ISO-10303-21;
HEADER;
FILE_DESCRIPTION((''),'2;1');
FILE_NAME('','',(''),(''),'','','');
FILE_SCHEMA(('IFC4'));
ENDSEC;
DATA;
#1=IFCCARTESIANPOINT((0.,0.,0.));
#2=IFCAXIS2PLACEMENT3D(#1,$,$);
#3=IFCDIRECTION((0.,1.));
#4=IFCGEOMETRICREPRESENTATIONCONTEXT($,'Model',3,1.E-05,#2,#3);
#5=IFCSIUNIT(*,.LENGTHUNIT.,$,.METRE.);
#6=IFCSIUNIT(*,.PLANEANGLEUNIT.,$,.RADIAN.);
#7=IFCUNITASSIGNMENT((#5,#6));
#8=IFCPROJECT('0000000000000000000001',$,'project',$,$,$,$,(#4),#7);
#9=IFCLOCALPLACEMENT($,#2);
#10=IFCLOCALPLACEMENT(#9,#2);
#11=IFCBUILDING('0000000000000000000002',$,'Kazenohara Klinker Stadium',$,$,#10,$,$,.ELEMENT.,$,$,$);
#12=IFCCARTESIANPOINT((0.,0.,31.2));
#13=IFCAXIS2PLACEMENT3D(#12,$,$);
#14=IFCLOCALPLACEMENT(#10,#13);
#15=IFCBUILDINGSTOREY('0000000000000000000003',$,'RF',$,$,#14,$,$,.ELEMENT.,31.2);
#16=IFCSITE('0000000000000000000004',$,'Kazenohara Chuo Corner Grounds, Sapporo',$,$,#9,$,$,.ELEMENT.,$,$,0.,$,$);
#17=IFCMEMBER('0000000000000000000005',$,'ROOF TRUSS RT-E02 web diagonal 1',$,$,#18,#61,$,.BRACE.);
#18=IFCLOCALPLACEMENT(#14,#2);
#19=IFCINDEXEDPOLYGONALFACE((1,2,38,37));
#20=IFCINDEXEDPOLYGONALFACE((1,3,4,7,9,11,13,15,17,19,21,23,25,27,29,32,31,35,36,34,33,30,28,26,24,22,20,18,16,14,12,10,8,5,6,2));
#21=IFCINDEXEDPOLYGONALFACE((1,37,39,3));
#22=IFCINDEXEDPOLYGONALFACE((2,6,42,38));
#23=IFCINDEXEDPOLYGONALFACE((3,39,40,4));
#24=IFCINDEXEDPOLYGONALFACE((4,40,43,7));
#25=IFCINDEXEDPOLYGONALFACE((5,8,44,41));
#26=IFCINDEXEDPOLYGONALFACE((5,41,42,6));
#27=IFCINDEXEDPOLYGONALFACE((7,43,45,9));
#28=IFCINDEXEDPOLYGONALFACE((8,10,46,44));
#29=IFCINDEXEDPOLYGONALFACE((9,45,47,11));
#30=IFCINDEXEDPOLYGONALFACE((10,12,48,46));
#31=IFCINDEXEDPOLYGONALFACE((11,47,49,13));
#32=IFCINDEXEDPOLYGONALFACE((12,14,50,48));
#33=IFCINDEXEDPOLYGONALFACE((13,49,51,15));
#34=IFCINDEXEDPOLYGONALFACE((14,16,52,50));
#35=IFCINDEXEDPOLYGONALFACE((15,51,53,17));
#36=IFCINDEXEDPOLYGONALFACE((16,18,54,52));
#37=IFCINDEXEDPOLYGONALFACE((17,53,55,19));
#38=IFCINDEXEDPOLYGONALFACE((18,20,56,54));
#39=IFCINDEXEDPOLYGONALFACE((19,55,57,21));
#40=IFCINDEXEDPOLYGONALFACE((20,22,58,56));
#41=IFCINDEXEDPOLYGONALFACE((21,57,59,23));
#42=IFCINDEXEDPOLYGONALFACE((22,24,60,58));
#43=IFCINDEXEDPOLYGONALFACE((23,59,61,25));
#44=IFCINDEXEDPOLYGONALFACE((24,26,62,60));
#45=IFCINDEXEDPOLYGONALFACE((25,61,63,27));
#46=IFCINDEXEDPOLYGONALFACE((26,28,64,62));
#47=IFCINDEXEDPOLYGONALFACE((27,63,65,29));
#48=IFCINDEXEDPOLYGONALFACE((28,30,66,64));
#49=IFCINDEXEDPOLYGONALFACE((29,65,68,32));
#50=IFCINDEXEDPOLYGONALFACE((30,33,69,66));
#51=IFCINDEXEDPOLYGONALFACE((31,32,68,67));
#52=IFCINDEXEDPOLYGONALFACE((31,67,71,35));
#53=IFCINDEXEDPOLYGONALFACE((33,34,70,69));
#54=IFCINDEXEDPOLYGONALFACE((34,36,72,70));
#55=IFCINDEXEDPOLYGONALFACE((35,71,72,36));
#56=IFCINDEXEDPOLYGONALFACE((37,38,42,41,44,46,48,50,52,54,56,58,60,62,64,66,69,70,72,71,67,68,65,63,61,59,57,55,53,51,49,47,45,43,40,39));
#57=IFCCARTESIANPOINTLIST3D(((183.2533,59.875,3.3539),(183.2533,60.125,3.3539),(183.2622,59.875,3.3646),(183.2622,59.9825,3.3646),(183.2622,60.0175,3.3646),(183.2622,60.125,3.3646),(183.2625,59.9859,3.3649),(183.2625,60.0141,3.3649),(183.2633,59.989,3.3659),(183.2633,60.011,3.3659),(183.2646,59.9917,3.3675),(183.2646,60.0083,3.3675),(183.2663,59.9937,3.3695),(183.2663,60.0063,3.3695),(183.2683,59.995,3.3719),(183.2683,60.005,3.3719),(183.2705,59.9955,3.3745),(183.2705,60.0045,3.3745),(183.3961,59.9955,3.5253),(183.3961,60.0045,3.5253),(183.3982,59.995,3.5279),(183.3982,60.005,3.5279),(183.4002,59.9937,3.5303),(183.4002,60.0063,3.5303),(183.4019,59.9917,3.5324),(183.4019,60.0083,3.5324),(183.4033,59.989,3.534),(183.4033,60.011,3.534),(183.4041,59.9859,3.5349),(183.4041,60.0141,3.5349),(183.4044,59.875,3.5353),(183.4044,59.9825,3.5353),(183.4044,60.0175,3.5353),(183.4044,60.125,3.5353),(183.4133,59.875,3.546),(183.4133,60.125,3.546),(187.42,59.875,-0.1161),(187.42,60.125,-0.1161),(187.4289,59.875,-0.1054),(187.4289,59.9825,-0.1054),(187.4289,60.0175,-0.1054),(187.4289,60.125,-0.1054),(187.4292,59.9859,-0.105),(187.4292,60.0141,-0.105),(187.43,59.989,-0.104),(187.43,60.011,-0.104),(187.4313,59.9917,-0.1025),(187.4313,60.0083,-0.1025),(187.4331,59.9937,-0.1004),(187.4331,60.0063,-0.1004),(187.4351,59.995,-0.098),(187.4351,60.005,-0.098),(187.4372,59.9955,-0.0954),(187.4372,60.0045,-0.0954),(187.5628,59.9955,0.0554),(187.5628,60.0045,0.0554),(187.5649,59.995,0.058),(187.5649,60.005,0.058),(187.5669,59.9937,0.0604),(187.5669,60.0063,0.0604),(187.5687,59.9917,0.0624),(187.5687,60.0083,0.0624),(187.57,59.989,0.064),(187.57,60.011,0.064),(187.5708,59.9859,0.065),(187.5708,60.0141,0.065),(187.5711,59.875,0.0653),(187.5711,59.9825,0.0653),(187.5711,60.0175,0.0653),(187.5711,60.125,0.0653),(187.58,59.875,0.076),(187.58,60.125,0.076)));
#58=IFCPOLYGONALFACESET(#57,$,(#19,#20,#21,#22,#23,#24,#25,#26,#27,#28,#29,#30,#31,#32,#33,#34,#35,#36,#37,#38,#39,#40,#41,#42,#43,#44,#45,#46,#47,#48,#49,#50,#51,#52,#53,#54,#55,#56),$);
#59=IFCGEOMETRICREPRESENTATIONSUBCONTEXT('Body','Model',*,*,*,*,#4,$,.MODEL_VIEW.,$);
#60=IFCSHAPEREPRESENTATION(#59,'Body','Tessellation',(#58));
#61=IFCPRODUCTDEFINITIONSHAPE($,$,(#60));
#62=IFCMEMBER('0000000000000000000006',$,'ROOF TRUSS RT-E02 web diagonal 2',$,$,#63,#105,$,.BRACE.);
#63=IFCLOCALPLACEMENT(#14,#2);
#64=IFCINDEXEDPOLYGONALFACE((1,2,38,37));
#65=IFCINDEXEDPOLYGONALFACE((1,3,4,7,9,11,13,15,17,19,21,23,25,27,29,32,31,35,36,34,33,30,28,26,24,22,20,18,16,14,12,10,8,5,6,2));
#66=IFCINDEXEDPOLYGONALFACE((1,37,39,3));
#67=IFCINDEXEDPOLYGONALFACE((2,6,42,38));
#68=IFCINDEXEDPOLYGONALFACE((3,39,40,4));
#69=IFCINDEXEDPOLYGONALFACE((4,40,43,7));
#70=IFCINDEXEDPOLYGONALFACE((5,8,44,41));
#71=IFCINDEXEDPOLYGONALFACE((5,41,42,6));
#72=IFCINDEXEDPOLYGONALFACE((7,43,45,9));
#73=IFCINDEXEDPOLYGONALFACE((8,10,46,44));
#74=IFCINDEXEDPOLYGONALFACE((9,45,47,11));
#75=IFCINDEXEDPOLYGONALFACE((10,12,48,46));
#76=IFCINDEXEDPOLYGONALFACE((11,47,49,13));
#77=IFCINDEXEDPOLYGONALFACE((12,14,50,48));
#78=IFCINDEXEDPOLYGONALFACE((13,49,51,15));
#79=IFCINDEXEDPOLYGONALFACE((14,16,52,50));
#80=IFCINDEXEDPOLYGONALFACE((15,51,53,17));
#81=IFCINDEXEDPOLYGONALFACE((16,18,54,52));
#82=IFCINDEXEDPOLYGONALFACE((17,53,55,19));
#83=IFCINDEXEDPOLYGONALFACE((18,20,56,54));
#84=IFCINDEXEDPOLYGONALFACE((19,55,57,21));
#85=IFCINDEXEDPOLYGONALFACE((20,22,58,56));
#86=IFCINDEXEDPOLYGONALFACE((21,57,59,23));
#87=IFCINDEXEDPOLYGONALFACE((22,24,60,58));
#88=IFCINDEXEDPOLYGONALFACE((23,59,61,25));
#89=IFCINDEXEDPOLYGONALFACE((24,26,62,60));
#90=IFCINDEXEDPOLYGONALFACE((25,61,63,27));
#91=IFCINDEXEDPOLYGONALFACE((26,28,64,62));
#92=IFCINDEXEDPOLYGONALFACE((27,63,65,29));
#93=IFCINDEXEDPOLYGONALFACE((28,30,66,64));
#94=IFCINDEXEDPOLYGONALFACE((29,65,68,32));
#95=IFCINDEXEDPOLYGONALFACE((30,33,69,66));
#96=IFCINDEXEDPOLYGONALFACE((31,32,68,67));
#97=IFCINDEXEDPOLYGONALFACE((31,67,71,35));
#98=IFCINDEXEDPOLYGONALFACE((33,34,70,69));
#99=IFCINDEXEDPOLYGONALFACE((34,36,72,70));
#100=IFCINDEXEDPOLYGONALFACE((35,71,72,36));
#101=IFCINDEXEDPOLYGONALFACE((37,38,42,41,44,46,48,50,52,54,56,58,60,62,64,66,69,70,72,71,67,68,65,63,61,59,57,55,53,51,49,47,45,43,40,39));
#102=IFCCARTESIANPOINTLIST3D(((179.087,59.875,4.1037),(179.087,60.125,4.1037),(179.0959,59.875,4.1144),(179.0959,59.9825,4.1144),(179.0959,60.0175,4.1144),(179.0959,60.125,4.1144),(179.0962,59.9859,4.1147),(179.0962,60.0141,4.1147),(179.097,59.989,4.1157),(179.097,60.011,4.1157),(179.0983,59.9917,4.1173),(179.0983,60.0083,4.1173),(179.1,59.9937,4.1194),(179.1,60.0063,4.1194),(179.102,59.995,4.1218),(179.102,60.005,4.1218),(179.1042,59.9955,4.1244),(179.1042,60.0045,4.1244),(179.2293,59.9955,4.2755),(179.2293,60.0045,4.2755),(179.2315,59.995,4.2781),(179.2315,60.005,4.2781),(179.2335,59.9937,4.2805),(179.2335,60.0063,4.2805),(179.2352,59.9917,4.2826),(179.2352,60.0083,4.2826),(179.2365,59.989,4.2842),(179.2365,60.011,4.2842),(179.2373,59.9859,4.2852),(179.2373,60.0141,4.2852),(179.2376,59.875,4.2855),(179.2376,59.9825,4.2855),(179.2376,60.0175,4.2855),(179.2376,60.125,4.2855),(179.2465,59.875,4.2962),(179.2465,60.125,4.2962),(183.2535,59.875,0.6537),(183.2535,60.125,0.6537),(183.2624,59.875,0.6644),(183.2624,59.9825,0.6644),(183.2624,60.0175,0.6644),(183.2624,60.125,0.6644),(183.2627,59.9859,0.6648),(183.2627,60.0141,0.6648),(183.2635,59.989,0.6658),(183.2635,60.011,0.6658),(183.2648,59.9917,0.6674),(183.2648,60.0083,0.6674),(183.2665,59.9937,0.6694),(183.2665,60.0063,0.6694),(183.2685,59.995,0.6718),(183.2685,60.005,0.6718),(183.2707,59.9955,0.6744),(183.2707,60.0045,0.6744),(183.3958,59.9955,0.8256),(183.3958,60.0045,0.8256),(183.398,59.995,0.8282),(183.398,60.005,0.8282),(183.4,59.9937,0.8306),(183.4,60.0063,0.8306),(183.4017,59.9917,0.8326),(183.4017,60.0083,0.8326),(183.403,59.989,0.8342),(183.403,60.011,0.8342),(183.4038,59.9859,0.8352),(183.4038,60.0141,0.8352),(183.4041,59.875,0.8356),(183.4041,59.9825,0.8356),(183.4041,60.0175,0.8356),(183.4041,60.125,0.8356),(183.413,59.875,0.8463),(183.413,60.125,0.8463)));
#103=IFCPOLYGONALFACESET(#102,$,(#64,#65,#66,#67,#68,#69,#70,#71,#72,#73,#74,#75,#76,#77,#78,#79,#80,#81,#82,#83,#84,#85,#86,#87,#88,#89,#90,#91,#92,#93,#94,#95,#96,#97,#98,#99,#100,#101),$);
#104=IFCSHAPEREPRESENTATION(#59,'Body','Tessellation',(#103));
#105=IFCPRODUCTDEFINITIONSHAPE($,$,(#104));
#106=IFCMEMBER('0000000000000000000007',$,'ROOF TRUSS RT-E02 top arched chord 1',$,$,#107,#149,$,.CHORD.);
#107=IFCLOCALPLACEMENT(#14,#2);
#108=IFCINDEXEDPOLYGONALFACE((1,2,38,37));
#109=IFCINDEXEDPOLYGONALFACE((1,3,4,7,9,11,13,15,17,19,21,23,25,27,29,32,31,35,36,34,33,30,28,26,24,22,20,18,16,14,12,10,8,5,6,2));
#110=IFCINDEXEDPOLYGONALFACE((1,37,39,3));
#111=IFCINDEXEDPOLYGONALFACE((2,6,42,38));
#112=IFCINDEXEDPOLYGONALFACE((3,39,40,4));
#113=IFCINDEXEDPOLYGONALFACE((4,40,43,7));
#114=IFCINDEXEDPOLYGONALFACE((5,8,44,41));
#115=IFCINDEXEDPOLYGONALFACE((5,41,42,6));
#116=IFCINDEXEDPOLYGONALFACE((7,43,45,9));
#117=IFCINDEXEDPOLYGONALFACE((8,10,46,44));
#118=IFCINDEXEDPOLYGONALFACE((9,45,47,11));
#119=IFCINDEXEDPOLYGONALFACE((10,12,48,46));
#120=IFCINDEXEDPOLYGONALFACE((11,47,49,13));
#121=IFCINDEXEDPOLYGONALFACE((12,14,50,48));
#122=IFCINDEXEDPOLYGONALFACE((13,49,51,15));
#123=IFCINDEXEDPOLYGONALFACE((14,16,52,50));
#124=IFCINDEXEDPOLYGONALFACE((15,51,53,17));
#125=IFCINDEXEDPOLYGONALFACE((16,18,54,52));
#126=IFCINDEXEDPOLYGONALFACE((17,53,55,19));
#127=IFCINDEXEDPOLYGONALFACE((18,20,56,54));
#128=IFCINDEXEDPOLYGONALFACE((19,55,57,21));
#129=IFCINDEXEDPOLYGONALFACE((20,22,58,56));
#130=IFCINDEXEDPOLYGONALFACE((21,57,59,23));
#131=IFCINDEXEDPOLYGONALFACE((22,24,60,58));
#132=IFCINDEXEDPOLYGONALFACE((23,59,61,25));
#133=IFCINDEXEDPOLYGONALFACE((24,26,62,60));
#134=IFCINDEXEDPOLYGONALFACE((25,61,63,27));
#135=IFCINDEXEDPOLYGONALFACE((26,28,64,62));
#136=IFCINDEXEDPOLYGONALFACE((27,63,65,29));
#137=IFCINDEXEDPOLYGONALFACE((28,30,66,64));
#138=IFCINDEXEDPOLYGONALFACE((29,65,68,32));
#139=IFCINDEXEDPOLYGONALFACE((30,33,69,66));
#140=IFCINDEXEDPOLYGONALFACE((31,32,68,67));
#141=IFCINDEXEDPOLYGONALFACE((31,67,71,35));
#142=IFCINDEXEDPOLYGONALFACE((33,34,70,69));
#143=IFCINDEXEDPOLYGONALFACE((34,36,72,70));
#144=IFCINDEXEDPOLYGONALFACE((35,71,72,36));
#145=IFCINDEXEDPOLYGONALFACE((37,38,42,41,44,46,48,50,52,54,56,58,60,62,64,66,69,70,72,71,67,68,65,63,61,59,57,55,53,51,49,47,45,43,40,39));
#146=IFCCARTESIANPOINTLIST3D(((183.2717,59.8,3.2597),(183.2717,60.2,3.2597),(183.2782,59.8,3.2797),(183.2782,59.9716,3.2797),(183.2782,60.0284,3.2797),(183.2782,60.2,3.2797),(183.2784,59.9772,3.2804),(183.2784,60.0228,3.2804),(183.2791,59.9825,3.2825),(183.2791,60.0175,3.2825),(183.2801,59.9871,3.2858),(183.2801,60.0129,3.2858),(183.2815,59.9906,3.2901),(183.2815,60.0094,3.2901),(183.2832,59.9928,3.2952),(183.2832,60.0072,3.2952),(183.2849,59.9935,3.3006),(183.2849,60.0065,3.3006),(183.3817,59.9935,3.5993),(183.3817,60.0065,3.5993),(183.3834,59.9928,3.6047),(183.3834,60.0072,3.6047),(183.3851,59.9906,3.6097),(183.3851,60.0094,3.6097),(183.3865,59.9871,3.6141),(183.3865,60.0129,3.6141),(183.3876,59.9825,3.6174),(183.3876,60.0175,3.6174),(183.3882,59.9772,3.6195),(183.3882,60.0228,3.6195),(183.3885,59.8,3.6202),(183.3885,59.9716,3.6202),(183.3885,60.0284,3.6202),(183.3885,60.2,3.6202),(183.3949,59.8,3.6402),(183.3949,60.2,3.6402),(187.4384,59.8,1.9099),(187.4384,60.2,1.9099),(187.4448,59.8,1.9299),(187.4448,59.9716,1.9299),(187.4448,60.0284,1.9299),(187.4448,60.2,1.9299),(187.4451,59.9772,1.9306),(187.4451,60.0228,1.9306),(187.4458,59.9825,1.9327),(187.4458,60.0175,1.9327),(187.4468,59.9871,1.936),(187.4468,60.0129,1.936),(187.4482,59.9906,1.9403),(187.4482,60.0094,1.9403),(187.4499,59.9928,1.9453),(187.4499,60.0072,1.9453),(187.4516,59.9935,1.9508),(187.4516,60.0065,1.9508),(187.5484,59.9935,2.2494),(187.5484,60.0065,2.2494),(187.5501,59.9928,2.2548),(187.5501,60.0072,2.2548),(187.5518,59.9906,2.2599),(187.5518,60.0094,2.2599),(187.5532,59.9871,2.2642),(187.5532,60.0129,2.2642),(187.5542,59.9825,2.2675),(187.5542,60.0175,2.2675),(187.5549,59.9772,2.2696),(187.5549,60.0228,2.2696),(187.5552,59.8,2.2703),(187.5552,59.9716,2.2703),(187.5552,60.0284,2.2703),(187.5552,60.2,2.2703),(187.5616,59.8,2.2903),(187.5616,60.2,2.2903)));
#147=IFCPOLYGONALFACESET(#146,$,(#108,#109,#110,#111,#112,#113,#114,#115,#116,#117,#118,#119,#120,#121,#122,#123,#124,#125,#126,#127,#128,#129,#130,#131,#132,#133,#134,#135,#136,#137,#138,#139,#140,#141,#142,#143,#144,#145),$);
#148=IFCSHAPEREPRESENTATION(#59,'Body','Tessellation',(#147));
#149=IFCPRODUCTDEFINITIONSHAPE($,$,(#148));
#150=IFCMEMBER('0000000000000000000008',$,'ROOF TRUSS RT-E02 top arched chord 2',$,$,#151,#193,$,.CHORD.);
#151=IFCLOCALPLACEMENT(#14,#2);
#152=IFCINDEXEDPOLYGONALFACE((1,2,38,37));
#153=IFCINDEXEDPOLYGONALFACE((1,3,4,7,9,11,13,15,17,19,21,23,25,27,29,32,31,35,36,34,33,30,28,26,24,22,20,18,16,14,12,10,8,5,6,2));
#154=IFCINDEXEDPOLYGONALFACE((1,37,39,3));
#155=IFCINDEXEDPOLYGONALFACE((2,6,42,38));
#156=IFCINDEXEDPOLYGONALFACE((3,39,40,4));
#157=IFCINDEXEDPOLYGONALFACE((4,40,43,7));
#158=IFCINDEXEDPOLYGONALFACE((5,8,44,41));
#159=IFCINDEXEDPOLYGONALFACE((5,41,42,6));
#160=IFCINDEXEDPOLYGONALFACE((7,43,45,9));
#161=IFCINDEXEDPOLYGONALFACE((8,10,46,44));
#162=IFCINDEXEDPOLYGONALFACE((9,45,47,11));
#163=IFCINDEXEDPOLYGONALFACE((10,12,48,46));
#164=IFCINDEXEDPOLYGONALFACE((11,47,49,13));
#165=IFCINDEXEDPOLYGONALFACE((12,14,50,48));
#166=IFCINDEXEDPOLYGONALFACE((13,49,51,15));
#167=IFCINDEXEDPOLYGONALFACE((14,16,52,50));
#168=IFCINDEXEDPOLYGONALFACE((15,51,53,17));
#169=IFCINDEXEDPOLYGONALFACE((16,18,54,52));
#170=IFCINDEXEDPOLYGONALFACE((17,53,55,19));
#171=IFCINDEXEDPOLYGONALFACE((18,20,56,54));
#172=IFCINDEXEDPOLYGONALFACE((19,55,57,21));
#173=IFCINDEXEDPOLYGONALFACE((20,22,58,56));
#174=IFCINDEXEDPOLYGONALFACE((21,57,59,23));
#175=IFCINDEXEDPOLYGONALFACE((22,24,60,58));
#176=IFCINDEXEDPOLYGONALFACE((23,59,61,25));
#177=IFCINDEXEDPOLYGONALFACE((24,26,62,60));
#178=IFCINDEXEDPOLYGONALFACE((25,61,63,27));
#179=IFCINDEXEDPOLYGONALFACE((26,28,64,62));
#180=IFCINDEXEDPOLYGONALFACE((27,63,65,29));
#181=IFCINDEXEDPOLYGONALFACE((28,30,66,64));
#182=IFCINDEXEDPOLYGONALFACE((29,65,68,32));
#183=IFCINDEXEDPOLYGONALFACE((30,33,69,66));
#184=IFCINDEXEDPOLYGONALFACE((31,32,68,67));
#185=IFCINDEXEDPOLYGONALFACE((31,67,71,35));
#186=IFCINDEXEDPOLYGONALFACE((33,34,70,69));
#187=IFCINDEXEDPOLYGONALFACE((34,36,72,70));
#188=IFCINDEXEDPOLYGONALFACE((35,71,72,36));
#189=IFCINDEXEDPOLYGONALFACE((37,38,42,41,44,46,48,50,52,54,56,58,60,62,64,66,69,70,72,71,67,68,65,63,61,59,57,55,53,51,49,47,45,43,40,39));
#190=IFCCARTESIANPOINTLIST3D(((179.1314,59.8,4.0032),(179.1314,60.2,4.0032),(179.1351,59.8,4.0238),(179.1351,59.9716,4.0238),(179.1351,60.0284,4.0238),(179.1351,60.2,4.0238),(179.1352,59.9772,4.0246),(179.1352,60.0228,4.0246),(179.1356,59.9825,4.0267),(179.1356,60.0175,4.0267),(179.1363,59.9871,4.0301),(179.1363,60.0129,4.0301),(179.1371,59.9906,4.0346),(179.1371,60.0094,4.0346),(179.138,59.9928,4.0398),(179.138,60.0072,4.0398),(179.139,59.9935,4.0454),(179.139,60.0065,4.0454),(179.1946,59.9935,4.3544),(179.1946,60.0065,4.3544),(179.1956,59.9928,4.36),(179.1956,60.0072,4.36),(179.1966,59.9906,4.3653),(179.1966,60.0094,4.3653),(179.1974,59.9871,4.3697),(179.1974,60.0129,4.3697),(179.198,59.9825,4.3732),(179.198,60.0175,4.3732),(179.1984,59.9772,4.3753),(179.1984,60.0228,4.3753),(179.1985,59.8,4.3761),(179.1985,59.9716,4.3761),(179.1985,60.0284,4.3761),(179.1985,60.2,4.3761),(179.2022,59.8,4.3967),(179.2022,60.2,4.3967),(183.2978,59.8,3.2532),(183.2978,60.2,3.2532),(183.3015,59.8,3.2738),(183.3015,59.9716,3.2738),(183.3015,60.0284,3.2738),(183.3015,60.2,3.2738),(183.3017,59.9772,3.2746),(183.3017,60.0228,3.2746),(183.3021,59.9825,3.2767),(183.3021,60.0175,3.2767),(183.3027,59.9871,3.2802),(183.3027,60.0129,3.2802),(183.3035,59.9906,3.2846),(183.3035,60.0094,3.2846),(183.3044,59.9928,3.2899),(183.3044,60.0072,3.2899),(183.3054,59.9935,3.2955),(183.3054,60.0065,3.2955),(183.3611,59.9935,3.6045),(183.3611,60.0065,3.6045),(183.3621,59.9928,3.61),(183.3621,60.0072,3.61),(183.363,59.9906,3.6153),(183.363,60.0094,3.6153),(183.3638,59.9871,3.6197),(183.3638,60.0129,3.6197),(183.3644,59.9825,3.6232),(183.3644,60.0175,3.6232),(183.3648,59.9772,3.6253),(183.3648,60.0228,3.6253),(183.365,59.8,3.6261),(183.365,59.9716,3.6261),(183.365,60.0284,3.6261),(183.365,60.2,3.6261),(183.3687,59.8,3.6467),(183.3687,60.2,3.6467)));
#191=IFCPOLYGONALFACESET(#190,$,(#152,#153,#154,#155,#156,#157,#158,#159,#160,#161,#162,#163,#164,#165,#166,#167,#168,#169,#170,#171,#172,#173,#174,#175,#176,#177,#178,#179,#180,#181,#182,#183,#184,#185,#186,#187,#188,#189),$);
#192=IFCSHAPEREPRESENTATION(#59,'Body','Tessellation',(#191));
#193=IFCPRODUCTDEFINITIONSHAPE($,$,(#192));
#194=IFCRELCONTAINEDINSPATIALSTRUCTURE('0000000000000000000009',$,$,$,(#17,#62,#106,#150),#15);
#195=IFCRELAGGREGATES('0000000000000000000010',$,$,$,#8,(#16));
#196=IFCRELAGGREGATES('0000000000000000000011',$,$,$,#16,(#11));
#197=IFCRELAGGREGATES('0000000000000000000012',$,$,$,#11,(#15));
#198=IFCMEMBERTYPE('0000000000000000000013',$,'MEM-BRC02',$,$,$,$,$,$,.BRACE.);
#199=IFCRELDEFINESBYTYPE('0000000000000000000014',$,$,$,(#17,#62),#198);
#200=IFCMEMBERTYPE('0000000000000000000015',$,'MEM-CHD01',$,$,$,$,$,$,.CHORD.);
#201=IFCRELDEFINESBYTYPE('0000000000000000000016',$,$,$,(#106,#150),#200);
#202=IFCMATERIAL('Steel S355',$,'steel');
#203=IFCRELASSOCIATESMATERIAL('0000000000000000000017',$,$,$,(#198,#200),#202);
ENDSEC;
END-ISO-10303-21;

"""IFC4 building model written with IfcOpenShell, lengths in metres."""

from ifc_helpers import new_model, si_unit, direction, frame, origin, origin_2d, place, context, subcontext, project, spatial, i_section, extrude, material, material_profile, profile_set, type_object, element, save


model = new_model("IFC4")

# Units and contexts
model_context = context("Model", 3, precision=1e-05, world=origin(), true_north=direction((0.0, 1.0)))
body_context = subcontext(model_context, "Body", "Model", "MODEL_VIEW")
ifc_project = project(units=[si_unit("LENGTHUNIT", "METRE"), si_unit("PLANEANGLEUNIT", "RADIAN")], contexts=[model_context])

# Site, building, storey
site_placement = place(None, origin())
site = spatial("IfcSite", under=ifc_project, at=site_placement, Name="Kazenohara Chuo Corner Grounds, Sapporo", CompositionType="ELEMENT", RefElevation=0.0)
building_placement = place(site_placement, origin())
building = spatial("IfcBuilding", under=site, at=building_placement, Name="Kazenohara Klinker Stadium", CompositionType="ELEMENT")
storey_placement = place(building_placement, frame((0.0, 0.0, 31.2)))
storey = spatial("IfcBuildingStorey", under=building, at=storey_placement, Name="RF", CompositionType="ELEMENT", Elevation=31.2)

# Members
ifc_material_1 = material(Name="Steel S355", Category="steel")
ifc_material_profile_1 = material_profile(ifc_material_1, i_section(OverallWidth=0.25, OverallDepth=0.25, WebThickness=0.009, FlangeThickness=0.0139, FilletRadius=0.0129, at=origin_2d()), Name="H-250x250x9x14")
ifc_profile_set_1 = profile_set([ifc_material_profile_1], Name="Steel S355")
member_type_1 = type_object("IfcMemberType", Name="MEM-BRC02", PredefinedType="BRACE", material=ifc_profile_set_1)
member_1_placement = place(storey_placement, frame((187.5, 60.0, -0.02), z_axis=(-0.768432, 0.0, 0.639932), x_axis=(0.0, -1.0, 0.0)))
element("IfcMember", 1, at=member_1_placement, inside=storey, type_object=member_type_1, Name="ROOF TRUSS RT-E02 web diagonal 1", PredefinedType="BRACE", context=body_context, shape_type="SweptSolid", body=[
    extrude(i_section(OverallWidth=0.25, OverallDepth=0.25, WebThickness=0.009, FlangeThickness=0.0139, FilletRadius=0.0129, at=origin_2d()), origin(), (0.0, 0.0, 1.0), 5.4224),
])
member_2_placement = place(storey_placement, frame((183.3333, 60.0, 0.75), z_axis=(-0.77023, 0.0, 0.637766), x_axis=(0.0, -1.0, 0.0)))
element("IfcMember", 2, at=member_2_placement, inside=storey, type_object=member_type_1, Name="ROOF TRUSS RT-E02 web diagonal 2", PredefinedType="BRACE", context=body_context, shape_type="SweptSolid", body=[
    extrude(i_section(OverallWidth=0.25, OverallDepth=0.25, WebThickness=0.009, FlangeThickness=0.0139, FilletRadius=0.0129, at=origin_2d()), origin(), (0.0, 0.0, 1.0), 5.4094),
])
ifc_material_profile_2 = material_profile(ifc_material_1, i_section(OverallWidth=0.3999, OverallDepth=0.3999, WebThickness=0.0129, FlangeThickness=0.021, FilletRadius=0.022, at=origin_2d()), Name="H-400x400x13x21")
ifc_profile_set_2 = profile_set([ifc_material_profile_2], Name="Steel S355")
member_type_2 = type_object("IfcMemberType", Name="MEM-CHD01", PredefinedType="CHORD", material=ifc_profile_set_2)
member_3_placement = place(storey_placement, frame((187.5, 60.0, 2.1001), z_axis=(-0.951325, 0.0, 0.30819), x_axis=(0.0, -1.0, 0.0)))
element("IfcMember", 3, at=member_3_placement, inside=storey, type_object=member_type_2, Name="ROOF TRUSS RT-E02 top arched chord 1", PredefinedType="CHORD", context=body_context, shape_type="SweptSolid", body=[
    extrude(i_section(OverallWidth=0.3999, OverallDepth=0.3999, WebThickness=0.0129, FlangeThickness=0.021, FilletRadius=0.022, at=origin_2d()), origin(), (0.0, 0.0, 1.0), 4.3799),
])
member_4_placement = place(storey_placement, frame((183.3333, 60.0, 3.45), z_axis=(-0.984182, 0.0, 0.17716), x_axis=(0.0, -1.0, 0.0)))
element("IfcMember", 4, at=member_4_placement, inside=storey, type_object=member_type_2, Name="ROOF TRUSS RT-E02 top arched chord 2", PredefinedType="CHORD", context=body_context, shape_type="SweptSolid", body=[
    extrude(i_section(OverallWidth=0.3999, OverallDepth=0.3999, WebThickness=0.0129, FlangeThickness=0.021, FilletRadius=0.022, at=origin_2d()), origin(), (0.0, 0.0, 1.0), 4.2334),
])

save(model, "model.ifc")
